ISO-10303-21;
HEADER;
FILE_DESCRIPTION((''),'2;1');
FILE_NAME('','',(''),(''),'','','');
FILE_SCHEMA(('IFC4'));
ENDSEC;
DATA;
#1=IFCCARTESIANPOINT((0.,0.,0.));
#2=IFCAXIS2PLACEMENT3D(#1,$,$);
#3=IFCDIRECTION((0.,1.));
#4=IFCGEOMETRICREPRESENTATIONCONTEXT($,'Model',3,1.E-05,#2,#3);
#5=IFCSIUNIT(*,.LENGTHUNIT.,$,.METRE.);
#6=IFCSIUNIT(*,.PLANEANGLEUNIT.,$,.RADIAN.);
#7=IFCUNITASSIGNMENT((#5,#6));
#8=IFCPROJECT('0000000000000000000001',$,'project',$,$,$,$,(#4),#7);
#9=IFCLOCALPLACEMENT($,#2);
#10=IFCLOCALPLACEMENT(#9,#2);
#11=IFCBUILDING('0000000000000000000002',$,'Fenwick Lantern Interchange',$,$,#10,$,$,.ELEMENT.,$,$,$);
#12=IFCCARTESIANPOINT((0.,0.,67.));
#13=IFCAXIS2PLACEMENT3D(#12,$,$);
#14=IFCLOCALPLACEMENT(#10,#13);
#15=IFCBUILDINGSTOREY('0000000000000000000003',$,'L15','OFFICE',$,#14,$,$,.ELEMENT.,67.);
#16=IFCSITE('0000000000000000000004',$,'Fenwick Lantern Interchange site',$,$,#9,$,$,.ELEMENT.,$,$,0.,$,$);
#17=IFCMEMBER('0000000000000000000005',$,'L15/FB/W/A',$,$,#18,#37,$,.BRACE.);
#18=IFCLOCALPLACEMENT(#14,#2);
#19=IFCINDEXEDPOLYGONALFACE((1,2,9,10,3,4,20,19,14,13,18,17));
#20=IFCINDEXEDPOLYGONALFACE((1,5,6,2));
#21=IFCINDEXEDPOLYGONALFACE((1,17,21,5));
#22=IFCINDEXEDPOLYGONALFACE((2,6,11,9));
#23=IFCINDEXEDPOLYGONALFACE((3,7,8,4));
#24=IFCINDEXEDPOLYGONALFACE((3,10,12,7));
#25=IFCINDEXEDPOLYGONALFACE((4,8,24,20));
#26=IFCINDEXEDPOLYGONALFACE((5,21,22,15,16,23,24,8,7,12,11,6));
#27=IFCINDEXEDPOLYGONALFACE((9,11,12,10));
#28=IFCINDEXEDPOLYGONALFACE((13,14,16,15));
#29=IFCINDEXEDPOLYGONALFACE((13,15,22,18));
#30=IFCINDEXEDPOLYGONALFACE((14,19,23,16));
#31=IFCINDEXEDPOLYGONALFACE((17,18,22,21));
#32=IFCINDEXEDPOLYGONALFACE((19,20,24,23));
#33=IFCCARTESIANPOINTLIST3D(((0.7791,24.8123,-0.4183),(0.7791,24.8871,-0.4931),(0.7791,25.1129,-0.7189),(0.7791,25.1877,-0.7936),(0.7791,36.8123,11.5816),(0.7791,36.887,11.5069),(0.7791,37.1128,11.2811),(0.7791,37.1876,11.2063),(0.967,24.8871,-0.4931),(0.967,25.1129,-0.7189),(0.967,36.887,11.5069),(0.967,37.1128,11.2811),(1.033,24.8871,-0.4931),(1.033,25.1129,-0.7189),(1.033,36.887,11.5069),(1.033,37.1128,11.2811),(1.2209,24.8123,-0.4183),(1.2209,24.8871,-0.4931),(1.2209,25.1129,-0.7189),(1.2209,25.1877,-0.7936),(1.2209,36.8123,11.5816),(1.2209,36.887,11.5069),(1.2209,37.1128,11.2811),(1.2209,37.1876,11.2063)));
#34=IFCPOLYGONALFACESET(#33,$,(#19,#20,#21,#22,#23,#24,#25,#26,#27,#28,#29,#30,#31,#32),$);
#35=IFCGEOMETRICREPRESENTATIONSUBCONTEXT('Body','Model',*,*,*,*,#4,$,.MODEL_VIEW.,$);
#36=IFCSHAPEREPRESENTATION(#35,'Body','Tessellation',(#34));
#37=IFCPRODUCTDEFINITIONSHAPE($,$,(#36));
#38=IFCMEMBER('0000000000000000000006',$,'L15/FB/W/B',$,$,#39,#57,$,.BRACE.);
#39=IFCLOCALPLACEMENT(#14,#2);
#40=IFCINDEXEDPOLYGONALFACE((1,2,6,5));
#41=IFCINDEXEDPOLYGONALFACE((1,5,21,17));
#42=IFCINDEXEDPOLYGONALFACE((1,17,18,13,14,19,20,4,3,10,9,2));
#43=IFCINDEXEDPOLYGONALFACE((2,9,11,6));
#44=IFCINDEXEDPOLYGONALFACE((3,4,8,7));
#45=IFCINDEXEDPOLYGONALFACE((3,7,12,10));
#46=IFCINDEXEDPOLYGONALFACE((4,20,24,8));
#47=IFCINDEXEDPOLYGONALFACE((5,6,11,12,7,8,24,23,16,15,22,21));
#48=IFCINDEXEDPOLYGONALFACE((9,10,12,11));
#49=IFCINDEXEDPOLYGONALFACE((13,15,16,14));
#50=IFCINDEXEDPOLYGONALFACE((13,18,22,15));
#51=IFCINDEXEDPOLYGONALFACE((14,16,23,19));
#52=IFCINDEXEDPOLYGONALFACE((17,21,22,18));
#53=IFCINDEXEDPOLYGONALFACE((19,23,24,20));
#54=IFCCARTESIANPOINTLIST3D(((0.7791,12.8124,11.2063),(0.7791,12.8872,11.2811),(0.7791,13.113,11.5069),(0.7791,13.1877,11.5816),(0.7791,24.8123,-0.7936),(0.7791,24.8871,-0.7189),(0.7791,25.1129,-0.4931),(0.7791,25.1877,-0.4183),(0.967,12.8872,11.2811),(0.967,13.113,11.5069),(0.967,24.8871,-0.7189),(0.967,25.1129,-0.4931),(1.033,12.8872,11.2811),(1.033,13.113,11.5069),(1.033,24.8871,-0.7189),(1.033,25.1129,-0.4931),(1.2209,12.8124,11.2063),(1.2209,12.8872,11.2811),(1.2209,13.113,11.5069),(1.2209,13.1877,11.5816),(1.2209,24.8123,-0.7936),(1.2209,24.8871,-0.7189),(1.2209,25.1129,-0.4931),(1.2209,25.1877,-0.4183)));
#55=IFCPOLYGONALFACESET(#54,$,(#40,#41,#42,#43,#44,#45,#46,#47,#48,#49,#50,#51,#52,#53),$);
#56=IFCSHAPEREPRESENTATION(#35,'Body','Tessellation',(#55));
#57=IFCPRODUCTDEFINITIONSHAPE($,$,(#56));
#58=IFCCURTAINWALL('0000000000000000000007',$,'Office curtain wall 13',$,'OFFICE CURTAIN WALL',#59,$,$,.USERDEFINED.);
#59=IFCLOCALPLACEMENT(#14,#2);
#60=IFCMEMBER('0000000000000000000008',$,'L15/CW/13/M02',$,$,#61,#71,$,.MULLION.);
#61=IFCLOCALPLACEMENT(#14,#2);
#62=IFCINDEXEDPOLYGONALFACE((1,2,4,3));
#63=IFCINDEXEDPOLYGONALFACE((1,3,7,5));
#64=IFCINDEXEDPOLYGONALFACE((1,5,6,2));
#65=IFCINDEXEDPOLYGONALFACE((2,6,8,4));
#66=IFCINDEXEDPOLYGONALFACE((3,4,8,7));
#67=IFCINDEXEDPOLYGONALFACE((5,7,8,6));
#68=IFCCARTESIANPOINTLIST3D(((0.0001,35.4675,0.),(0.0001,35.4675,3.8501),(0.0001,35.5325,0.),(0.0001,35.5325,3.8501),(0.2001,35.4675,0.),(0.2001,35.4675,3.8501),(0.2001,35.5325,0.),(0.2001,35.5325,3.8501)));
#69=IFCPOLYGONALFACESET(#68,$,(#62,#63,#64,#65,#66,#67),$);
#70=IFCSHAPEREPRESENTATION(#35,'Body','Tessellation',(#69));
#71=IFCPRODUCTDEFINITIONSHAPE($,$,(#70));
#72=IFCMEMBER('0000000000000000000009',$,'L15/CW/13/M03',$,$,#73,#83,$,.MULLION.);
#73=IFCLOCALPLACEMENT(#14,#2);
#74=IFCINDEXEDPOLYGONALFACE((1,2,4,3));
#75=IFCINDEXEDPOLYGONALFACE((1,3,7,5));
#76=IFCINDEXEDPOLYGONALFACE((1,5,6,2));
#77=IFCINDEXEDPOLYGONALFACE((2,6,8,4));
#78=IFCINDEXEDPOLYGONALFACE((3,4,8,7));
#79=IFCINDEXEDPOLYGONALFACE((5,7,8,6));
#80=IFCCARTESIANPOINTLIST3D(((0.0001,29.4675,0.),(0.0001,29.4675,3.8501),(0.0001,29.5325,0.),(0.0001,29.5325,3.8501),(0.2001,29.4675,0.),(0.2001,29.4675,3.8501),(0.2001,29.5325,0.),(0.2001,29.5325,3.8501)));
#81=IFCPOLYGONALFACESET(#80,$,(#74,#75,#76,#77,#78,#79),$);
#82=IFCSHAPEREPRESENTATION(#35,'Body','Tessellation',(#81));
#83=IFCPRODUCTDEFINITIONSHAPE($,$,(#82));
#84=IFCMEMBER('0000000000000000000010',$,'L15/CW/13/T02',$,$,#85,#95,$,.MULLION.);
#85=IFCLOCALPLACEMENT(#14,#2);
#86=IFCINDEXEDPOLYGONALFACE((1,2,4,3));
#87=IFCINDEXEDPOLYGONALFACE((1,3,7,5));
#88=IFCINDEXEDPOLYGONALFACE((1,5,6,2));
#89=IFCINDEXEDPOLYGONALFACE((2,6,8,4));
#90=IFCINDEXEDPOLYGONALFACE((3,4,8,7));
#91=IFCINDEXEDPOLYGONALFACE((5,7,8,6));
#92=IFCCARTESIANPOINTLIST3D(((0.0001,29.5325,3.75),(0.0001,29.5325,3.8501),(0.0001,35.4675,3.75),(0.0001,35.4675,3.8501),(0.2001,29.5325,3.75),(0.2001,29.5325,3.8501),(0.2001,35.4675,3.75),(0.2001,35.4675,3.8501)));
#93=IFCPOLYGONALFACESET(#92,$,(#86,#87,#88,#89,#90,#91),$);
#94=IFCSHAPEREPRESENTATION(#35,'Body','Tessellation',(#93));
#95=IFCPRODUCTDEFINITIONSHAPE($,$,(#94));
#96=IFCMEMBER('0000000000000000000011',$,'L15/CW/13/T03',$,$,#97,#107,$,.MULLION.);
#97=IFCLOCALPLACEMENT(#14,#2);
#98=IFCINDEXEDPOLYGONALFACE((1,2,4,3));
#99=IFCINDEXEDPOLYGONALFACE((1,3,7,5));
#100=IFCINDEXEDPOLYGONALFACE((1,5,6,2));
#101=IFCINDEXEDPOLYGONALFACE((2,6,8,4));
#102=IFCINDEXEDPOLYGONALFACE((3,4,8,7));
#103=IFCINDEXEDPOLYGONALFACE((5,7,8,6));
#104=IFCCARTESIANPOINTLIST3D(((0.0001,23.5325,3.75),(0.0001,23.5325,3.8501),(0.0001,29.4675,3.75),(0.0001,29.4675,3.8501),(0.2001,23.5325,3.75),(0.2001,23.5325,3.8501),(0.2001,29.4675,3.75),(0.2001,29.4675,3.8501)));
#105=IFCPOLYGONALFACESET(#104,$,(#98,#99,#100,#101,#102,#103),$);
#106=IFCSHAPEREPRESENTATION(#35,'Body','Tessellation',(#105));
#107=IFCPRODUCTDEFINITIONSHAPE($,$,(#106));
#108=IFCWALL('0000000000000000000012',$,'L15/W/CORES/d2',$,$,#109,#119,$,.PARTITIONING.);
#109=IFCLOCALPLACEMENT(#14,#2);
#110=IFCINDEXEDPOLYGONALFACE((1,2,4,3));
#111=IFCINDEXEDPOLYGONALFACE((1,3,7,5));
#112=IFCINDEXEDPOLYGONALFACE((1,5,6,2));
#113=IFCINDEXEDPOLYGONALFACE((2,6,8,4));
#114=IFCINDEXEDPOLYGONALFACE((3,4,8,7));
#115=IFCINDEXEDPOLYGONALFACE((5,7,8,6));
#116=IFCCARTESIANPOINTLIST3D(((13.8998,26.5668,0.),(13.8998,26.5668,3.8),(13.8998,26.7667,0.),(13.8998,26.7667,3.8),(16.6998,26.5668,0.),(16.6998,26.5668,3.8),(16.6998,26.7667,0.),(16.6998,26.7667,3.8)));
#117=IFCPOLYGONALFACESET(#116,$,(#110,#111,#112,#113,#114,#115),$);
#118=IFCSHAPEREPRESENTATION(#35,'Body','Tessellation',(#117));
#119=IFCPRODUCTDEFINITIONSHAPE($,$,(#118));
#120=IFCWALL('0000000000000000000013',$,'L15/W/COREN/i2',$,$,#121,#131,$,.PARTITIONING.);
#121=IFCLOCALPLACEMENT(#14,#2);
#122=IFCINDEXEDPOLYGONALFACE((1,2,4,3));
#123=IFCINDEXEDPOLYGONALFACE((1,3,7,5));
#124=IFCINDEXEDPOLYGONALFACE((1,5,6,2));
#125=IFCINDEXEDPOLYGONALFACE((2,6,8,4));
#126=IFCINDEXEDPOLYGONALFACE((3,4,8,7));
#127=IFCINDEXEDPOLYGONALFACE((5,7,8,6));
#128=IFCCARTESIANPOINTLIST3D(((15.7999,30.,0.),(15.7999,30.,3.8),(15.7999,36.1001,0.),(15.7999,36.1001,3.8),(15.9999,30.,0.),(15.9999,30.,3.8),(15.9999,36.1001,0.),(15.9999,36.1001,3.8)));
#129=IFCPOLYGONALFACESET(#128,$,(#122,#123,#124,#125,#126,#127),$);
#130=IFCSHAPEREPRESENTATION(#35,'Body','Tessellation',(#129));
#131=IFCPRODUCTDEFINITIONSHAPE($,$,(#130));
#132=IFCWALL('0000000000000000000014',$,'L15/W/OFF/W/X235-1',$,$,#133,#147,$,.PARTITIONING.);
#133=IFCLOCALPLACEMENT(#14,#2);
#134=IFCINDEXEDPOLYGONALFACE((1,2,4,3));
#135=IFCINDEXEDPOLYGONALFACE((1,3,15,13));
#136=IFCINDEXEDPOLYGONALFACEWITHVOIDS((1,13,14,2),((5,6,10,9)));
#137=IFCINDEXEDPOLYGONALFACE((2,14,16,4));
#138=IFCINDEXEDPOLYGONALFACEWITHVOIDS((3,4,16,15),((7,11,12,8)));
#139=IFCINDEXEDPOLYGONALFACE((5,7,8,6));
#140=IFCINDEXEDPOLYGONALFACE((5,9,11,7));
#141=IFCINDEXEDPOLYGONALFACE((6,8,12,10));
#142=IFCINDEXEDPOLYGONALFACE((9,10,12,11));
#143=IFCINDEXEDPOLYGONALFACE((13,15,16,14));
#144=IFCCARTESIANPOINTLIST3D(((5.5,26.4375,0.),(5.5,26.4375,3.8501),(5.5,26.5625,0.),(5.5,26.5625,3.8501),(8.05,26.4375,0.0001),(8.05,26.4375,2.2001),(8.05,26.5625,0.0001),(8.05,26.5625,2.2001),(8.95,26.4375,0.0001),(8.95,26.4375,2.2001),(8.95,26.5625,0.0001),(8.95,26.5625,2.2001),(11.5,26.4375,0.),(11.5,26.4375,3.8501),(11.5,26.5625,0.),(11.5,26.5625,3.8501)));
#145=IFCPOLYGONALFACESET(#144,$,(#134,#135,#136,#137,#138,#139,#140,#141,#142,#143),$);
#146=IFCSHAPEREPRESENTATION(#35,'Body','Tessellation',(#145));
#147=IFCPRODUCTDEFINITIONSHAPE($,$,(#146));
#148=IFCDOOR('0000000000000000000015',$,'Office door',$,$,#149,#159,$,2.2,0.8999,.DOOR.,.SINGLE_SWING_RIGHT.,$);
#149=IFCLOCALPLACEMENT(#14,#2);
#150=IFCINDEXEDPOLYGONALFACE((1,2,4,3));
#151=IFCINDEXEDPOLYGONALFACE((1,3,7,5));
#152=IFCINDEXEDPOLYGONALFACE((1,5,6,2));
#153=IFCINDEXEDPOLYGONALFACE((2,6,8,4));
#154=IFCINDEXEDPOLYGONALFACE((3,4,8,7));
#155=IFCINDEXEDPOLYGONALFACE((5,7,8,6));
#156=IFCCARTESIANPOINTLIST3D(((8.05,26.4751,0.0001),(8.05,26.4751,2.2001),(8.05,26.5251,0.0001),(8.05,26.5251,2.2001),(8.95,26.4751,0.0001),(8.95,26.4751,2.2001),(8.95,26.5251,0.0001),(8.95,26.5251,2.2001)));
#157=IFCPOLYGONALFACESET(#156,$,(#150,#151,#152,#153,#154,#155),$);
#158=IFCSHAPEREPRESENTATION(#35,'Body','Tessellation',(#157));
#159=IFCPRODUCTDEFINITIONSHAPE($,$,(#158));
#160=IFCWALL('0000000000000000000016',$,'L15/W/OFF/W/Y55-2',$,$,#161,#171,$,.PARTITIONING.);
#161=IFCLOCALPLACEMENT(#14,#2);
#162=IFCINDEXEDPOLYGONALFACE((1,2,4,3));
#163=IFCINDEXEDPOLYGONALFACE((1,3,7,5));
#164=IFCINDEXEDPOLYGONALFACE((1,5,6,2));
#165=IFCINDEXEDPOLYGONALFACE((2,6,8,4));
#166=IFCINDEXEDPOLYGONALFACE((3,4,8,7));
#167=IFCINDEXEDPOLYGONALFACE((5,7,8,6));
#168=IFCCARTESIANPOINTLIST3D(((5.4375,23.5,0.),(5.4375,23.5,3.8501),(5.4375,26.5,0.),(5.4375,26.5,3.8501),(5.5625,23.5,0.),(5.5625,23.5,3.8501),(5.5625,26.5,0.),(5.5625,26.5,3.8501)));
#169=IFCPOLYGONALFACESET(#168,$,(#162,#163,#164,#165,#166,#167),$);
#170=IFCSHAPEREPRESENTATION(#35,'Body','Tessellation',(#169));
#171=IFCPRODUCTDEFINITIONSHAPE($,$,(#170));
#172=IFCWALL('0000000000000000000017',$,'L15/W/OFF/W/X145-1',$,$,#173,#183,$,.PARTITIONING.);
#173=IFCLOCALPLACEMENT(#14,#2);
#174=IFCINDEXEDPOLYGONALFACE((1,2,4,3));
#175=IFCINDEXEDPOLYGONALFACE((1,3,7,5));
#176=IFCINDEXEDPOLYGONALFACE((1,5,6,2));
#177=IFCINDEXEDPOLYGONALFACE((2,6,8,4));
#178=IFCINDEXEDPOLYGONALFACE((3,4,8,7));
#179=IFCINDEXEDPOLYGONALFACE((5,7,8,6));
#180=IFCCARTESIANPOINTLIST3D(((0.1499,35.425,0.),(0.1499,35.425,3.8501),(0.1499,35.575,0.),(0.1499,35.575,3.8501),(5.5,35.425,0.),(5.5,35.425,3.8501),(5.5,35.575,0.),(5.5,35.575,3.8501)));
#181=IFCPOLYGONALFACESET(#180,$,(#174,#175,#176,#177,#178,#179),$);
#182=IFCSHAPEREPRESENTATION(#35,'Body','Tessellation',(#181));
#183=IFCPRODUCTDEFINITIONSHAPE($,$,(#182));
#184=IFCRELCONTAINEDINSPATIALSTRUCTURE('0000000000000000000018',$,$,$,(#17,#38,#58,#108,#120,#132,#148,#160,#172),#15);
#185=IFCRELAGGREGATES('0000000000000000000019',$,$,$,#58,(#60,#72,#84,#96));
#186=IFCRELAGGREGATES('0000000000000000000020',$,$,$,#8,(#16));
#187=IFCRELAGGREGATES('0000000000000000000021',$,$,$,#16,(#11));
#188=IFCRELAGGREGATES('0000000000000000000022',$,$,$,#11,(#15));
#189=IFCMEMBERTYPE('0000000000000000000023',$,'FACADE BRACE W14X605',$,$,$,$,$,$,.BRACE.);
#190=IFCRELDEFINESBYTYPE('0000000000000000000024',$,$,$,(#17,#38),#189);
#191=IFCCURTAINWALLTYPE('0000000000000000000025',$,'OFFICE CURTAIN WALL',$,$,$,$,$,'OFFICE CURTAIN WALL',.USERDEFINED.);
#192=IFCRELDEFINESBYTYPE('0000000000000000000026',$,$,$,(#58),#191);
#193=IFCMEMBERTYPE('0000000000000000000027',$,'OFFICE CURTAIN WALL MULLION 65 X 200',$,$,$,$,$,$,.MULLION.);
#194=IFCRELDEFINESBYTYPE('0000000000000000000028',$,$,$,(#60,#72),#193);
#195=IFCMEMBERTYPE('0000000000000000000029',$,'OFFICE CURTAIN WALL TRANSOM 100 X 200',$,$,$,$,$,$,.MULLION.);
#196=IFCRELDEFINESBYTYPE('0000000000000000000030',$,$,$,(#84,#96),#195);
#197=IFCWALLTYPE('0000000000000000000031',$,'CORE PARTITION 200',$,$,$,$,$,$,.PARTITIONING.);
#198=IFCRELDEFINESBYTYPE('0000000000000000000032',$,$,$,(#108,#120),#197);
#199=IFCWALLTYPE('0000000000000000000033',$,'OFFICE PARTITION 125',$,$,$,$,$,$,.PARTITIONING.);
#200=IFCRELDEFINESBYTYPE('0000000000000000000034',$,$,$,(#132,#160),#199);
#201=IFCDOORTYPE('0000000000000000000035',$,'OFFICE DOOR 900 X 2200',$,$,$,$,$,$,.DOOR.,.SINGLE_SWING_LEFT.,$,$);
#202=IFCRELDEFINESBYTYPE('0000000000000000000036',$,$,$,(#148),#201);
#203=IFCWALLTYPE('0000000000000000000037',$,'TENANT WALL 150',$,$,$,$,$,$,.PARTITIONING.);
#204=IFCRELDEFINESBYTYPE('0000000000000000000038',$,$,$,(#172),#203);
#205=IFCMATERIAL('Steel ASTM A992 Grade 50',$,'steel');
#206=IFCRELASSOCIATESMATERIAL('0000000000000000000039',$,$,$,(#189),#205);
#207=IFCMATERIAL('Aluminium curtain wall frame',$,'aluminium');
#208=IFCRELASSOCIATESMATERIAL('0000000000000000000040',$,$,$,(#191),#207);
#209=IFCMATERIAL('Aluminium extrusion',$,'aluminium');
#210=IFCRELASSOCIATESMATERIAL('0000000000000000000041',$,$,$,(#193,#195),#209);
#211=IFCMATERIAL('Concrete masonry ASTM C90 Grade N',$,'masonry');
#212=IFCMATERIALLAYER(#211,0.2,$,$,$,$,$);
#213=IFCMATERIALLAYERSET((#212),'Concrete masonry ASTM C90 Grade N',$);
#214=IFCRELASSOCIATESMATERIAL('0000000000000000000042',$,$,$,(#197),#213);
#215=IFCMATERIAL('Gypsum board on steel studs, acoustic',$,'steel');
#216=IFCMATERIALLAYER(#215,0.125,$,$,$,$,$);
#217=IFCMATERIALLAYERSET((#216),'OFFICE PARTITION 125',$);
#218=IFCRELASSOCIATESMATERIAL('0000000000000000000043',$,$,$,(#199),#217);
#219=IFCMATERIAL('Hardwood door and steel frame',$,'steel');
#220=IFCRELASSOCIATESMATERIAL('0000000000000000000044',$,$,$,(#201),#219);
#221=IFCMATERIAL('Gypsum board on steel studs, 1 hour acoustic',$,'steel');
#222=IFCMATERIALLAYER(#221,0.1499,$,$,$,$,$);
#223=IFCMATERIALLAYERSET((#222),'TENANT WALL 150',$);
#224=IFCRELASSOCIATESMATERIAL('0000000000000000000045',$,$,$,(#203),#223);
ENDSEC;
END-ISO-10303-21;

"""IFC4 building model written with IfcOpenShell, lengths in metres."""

from ifc_helpers import new_model, si_unit, direction, frame, frame_2d, origin, origin_2d, place, context, subcontext, project, spatial, rectangle, i_section, extrude, material, layer, layer_set, material_profile, profile_set, type_object, element, fill, aggregate, save


model = new_model("IFC4")

# Units and contexts
model_context = context("Model", 3, precision=1e-05, world=origin(), true_north=direction((0.0, 1.0)))
body_context = subcontext(model_context, "Body", "Model", "MODEL_VIEW")
ifc_project = project(units=[si_unit("LENGTHUNIT", "METRE"), si_unit("PLANEANGLEUNIT", "RADIAN")], contexts=[model_context])

# Site, building, storey
site_placement = place(None, origin())
site = spatial("IfcSite", under=ifc_project, at=site_placement, Name="Fenwick Lantern Interchange site", CompositionType="ELEMENT", RefElevation=0.0)
building_placement = place(site_placement, origin())
building = spatial("IfcBuilding", under=site, at=building_placement, Name="Fenwick Lantern Interchange", CompositionType="ELEMENT")
storey_placement = place(building_placement, frame((0.0, 0.0, 67.0)))
storey = spatial("IfcBuildingStorey", under=building, at=storey_placement, Name="L15", Description="OFFICE", CompositionType="ELEMENT", Elevation=67.0)

# Members
ifc_material_1 = material(Name="Steel ASTM A992 Grade 50", Category="steel")
ifc_material_profile_1 = material_profile(ifc_material_1, i_section(OverallWidth=0.4419, OverallDepth=0.5308, WebThickness=0.0659, FlangeThickness=0.1057, at=origin_2d()), Name="W14X605")
ifc_profile_set_1 = profile_set([ifc_material_profile_1], Name="Steel ASTM A992 Grade 50")
member_type_1 = type_object("IfcMemberType", Name="FACADE BRACE W14X605", PredefinedType="BRACE", material=ifc_profile_set_1)
for number, where, z_axis, x_axis, name in (
    (1, (1.0, 25.0, -0.606), (0.0, 0.707107, 0.707107), (-1.0, 0.0, 0.0), "L15/FB/W/A"),
    (2, (1.0, 25.0, -0.606), (0.0, -0.707107, 0.707107), (1.0, 0.0, 0.0), "L15/FB/W/B"),
):
    element("IfcMember", number, at=place(storey_placement, frame(where, z_axis=z_axis, x_axis=x_axis)), inside=storey, type_object=member_type_1, Name=name, PredefinedType="BRACE", context=body_context, shape_type="SweptSolid", body=[
        extrude(i_section(OverallWidth=0.4419, OverallDepth=0.5308, WebThickness=0.0659, FlangeThickness=0.1057, at=origin_2d()), origin(), (0.0, 0.0, 1.0), 16.9705),
    ])

# Curtain wall, members
ifc_material_2 = material(Name="Aluminium curtain wall frame", Category="aluminium")
curtain_wall_type = type_object("IfcCurtainWallType", Name="OFFICE CURTAIN WALL", ElementType="OFFICE CURTAIN WALL", PredefinedType="USERDEFINED", material=ifc_material_2)
curtain_wall_placement = place(storey_placement, origin())
curtain_wall = element("IfcCurtainWall", 3, at=curtain_wall_placement, inside=storey, type_object=curtain_wall_type, Name="Office curtain wall 13", ObjectType="OFFICE CURTAIN WALL", PredefinedType="USERDEFINED")
ifc_material_3 = material(Name="Aluminium extrusion", Category="aluminium")
ifc_material_profile_2 = material_profile(ifc_material_3, rectangle(XDim=0.2, YDim=0.0649, at=origin_2d()), Name="OFFICE CURTAIN WALL MULLION 65 X 200")
ifc_profile_set_2 = profile_set([ifc_material_profile_2], Name="Aluminium extrusion")
member_type_2 = type_object("IfcMemberType", Name="OFFICE CURTAIN WALL MULLION 65 X 200", PredefinedType="MULLION", material=ifc_profile_set_2)
member_1_placement = place(storey_placement, frame((0.1001, 35.5, 0.0), z_axis=(0.0, 0.0, 1.0), x_axis=(1.0, 0.0, 0.0)))
member_1 = element("IfcMember", 4, at=member_1_placement, type_object=member_type_2, Name="L15/CW/13/M02", PredefinedType="MULLION", context=body_context, shape_type="SweptSolid", body=[
    extrude(rectangle(XDim=0.2, YDim=0.0649, at=origin_2d()), origin(), (0.0, 0.0, 1.0), 3.8501),
])
member_2_placement = place(storey_placement, frame((0.1001, 29.5, 0.0), z_axis=(0.0, 0.0, 1.0), x_axis=(1.0, 0.0, 0.0)))
member_2 = element("IfcMember", 5, at=member_2_placement, type_object=member_type_2, Name="L15/CW/13/M03", PredefinedType="MULLION", context=body_context, shape_type="SweptSolid", body=[
    extrude(rectangle(XDim=0.2, YDim=0.0649, at=origin_2d()), origin(), (0.0, 0.0, 1.0), 3.8501),
])
ifc_material_profile_3 = material_profile(ifc_material_3, rectangle(XDim=0.2, YDim=0.1001, at=origin_2d()), Name="OFFICE CURTAIN WALL TRANSOM 100 X 200")
ifc_profile_set_3 = profile_set([ifc_material_profile_3], Name="Aluminium extrusion")
member_type_3 = type_object("IfcMemberType", Name="OFFICE CURTAIN WALL TRANSOM 100 X 200", PredefinedType="MULLION", material=ifc_profile_set_3)
member_3_placement = place(storey_placement, frame((0.1001, 35.4675, 3.8), z_axis=(0.0, -1.0, 0.0), x_axis=(1.0, 0.0, 0.0)))
member_3 = element("IfcMember", 6, at=member_3_placement, type_object=member_type_3, Name="L15/CW/13/T02", PredefinedType="MULLION", context=body_context, shape_type="SweptSolid", body=[
    extrude(rectangle(XDim=0.2, YDim=0.1001, at=origin_2d()), origin(), (0.0, 0.0, 1.0), 5.9351),
])
member_4_placement = place(storey_placement, frame((0.1001, 29.4675, 3.8), z_axis=(0.0, -1.0, 0.0), x_axis=(1.0, 0.0, 0.0)))
member_4 = element("IfcMember", 7, at=member_4_placement, type_object=member_type_3, Name="L15/CW/13/T03", PredefinedType="MULLION", context=body_context, shape_type="SweptSolid", body=[
    extrude(rectangle(XDim=0.2, YDim=0.1001, at=origin_2d()), origin(), (0.0, 0.0, 1.0), 5.9351),
])
aggregate(curtain_wall, [member_1, member_2, member_3, member_4])

# Walls
ifc_material_4 = material(Name="Concrete masonry ASTM C90 Grade N", Category="masonry")
ifc_layer_1 = layer(ifc_material_4, 0.2)
ifc_layer_set_1 = layer_set([ifc_layer_1], Name="Concrete masonry ASTM C90 Grade N")
wall_type_1 = type_object("IfcWallType", Name="CORE PARTITION 200", PredefinedType="PARTITIONING", material=ifc_layer_set_1)
wall_1_placement = place(storey_placement, frame((13.8999, 26.6667, 0.0), z_axis=(0.0, 0.0, 1.0), x_axis=(1.0, 0.0, 0.0)))
element("IfcWall", 8, at=wall_1_placement, inside=storey, type_object=wall_type_1, Name="L15/W/CORES/d2", PredefinedType="PARTITIONING", context=body_context, shape_type="SweptSolid", body=[
    extrude(rectangle(XDim=2.8, YDim=0.2, at=frame_2d((1.3999, 0.0))), origin(), (0.0, 0.0, 1.0), 3.8),
])
wall_2_placement = place(storey_placement, frame((15.8999, 36.1001, 0.0), z_axis=(0.0, 0.0, 1.0), x_axis=(0.0, -1.0, 0.0)))
element("IfcWall", 9, at=wall_2_placement, inside=storey, type_object=wall_type_1, Name="L15/W/COREN/i2", PredefinedType="PARTITIONING", context=body_context, shape_type="SweptSolid", body=[
    extrude(rectangle(XDim=6.1001, YDim=0.2, at=frame_2d((3.05, 0.0))), origin(), (0.0, 0.0, 1.0), 3.8),
])

# Shared definitions
ifc_material_5 = material(Name="Hardwood door and steel frame", Category="steel")

# Wall, opening, door
ifc_material_6 = material(Name="Gypsum board on steel studs, acoustic", Category="steel")
ifc_layer_2 = layer(ifc_material_6, 0.125)
ifc_layer_set_2 = layer_set([ifc_layer_2], Name="OFFICE PARTITION 125")
wall_type_2 = type_object("IfcWallType", Name="OFFICE PARTITION 125", PredefinedType="PARTITIONING", material=ifc_layer_set_2)
wall_3_placement = place(storey_placement, frame((5.5, 26.5, 0.0), z_axis=(0.0, 0.0, 1.0), x_axis=(1.0, 0.0, 0.0)))
wall_3 = element("IfcWall", 10, at=wall_3_placement, inside=storey, type_object=wall_type_2, Name="L15/W/OFF/W/X235-1", PredefinedType="PARTITIONING", context=body_context, shape_type="SweptSolid", body=[
    extrude(rectangle(XDim=6.0, YDim=0.125, at=frame_2d((3.0, 0.0))), origin(), (0.0, 0.0, 1.0), 3.8501),
])
opening_1_placement = place(wall_3_placement, frame((2.55, 0.0, 0.0)))
opening_1 = element("IfcOpeningElement", 11, at=opening_1_placement, cuts=wall_3, PredefinedType="OPENING", context=body_context, shape_type="SweptSolid", body=[
    extrude(rectangle(XDim=0.8999, YDim=2.2, at=frame_2d((0.45, 1.1001))), frame((0.0, 0.0725, 0.0), z_axis=(0.0, -1.0, 0.0), x_axis=(1.0, 0.0, 0.0)), (0.0, 0.0, 1.0), 0.145),
])
door_type_1 = type_object("IfcDoorType", Name="OFFICE DOOR 900 X 2200", OperationType="SINGLE_SWING_LEFT", PredefinedType="DOOR", material=ifc_material_5)
door_1_placement = place(opening_1_placement, frame((0.8999, 0.0, 0.0), z_axis=(0.0, 0.0, 1.0), x_axis=(-1.0, 0.0, 0.0)))
door_1 = element("IfcDoor", 12, at=door_1_placement, inside=storey, type_object=door_type_1, Name="Office door", OperationType="SINGLE_SWING_RIGHT", OverallHeight=2.2, OverallWidth=0.8999, PredefinedType="DOOR", context=body_context, shape_type="SweptSolid", body=[
    extrude(rectangle(XDim=0.8999, YDim=2.2, at=frame_2d((0.45, 1.1001))), frame((0.0, 0.0249, 0.0), z_axis=(0.0, -1.0, 0.0), x_axis=(1.0, 0.0, 0.0)), (0.0, 0.0, 1.0), 0.05),
])
fill(opening_1, door_1)

# Walls
wall_4_placement = place(storey_placement, frame((5.5, 26.5, 0.0), z_axis=(0.0, 0.0, 1.0), x_axis=(0.0, -1.0, 0.0)))
element("IfcWall", 13, at=wall_4_placement, inside=storey, type_object=wall_type_2, Name="L15/W/OFF/W/Y55-2", PredefinedType="PARTITIONING", context=body_context, shape_type="SweptSolid", body=[
    extrude(rectangle(XDim=3.0, YDim=0.125, at=frame_2d((1.5, 0.0))), origin(), (0.0, 0.0, 1.0), 3.8501),
])
ifc_material_7 = material(Name="Gypsum board on steel studs, 1 hour acoustic", Category="steel")
ifc_layer_3 = layer(ifc_material_7, 0.1499)
ifc_layer_set_3 = layer_set([ifc_layer_3], Name="TENANT WALL 150")
wall_type_3 = type_object("IfcWallType", Name="TENANT WALL 150", PredefinedType="PARTITIONING", material=ifc_layer_set_3)
wall_5_placement = place(storey_placement, frame((0.1499, 35.5, 0.0), z_axis=(0.0, 0.0, 1.0), x_axis=(1.0, 0.0, 0.0)))
element("IfcWall", 14, at=wall_5_placement, inside=storey, type_object=wall_type_3, Name="L15/W/OFF/W/X145-1", PredefinedType="PARTITIONING", context=body_context, shape_type="SweptSolid", body=[
    extrude(rectangle(XDim=5.3501, YDim=0.1499, at=frame_2d((2.675, 0.0))), origin(), (0.0, 0.0, 1.0), 3.8501),
])

save(model, "model.ifc")
